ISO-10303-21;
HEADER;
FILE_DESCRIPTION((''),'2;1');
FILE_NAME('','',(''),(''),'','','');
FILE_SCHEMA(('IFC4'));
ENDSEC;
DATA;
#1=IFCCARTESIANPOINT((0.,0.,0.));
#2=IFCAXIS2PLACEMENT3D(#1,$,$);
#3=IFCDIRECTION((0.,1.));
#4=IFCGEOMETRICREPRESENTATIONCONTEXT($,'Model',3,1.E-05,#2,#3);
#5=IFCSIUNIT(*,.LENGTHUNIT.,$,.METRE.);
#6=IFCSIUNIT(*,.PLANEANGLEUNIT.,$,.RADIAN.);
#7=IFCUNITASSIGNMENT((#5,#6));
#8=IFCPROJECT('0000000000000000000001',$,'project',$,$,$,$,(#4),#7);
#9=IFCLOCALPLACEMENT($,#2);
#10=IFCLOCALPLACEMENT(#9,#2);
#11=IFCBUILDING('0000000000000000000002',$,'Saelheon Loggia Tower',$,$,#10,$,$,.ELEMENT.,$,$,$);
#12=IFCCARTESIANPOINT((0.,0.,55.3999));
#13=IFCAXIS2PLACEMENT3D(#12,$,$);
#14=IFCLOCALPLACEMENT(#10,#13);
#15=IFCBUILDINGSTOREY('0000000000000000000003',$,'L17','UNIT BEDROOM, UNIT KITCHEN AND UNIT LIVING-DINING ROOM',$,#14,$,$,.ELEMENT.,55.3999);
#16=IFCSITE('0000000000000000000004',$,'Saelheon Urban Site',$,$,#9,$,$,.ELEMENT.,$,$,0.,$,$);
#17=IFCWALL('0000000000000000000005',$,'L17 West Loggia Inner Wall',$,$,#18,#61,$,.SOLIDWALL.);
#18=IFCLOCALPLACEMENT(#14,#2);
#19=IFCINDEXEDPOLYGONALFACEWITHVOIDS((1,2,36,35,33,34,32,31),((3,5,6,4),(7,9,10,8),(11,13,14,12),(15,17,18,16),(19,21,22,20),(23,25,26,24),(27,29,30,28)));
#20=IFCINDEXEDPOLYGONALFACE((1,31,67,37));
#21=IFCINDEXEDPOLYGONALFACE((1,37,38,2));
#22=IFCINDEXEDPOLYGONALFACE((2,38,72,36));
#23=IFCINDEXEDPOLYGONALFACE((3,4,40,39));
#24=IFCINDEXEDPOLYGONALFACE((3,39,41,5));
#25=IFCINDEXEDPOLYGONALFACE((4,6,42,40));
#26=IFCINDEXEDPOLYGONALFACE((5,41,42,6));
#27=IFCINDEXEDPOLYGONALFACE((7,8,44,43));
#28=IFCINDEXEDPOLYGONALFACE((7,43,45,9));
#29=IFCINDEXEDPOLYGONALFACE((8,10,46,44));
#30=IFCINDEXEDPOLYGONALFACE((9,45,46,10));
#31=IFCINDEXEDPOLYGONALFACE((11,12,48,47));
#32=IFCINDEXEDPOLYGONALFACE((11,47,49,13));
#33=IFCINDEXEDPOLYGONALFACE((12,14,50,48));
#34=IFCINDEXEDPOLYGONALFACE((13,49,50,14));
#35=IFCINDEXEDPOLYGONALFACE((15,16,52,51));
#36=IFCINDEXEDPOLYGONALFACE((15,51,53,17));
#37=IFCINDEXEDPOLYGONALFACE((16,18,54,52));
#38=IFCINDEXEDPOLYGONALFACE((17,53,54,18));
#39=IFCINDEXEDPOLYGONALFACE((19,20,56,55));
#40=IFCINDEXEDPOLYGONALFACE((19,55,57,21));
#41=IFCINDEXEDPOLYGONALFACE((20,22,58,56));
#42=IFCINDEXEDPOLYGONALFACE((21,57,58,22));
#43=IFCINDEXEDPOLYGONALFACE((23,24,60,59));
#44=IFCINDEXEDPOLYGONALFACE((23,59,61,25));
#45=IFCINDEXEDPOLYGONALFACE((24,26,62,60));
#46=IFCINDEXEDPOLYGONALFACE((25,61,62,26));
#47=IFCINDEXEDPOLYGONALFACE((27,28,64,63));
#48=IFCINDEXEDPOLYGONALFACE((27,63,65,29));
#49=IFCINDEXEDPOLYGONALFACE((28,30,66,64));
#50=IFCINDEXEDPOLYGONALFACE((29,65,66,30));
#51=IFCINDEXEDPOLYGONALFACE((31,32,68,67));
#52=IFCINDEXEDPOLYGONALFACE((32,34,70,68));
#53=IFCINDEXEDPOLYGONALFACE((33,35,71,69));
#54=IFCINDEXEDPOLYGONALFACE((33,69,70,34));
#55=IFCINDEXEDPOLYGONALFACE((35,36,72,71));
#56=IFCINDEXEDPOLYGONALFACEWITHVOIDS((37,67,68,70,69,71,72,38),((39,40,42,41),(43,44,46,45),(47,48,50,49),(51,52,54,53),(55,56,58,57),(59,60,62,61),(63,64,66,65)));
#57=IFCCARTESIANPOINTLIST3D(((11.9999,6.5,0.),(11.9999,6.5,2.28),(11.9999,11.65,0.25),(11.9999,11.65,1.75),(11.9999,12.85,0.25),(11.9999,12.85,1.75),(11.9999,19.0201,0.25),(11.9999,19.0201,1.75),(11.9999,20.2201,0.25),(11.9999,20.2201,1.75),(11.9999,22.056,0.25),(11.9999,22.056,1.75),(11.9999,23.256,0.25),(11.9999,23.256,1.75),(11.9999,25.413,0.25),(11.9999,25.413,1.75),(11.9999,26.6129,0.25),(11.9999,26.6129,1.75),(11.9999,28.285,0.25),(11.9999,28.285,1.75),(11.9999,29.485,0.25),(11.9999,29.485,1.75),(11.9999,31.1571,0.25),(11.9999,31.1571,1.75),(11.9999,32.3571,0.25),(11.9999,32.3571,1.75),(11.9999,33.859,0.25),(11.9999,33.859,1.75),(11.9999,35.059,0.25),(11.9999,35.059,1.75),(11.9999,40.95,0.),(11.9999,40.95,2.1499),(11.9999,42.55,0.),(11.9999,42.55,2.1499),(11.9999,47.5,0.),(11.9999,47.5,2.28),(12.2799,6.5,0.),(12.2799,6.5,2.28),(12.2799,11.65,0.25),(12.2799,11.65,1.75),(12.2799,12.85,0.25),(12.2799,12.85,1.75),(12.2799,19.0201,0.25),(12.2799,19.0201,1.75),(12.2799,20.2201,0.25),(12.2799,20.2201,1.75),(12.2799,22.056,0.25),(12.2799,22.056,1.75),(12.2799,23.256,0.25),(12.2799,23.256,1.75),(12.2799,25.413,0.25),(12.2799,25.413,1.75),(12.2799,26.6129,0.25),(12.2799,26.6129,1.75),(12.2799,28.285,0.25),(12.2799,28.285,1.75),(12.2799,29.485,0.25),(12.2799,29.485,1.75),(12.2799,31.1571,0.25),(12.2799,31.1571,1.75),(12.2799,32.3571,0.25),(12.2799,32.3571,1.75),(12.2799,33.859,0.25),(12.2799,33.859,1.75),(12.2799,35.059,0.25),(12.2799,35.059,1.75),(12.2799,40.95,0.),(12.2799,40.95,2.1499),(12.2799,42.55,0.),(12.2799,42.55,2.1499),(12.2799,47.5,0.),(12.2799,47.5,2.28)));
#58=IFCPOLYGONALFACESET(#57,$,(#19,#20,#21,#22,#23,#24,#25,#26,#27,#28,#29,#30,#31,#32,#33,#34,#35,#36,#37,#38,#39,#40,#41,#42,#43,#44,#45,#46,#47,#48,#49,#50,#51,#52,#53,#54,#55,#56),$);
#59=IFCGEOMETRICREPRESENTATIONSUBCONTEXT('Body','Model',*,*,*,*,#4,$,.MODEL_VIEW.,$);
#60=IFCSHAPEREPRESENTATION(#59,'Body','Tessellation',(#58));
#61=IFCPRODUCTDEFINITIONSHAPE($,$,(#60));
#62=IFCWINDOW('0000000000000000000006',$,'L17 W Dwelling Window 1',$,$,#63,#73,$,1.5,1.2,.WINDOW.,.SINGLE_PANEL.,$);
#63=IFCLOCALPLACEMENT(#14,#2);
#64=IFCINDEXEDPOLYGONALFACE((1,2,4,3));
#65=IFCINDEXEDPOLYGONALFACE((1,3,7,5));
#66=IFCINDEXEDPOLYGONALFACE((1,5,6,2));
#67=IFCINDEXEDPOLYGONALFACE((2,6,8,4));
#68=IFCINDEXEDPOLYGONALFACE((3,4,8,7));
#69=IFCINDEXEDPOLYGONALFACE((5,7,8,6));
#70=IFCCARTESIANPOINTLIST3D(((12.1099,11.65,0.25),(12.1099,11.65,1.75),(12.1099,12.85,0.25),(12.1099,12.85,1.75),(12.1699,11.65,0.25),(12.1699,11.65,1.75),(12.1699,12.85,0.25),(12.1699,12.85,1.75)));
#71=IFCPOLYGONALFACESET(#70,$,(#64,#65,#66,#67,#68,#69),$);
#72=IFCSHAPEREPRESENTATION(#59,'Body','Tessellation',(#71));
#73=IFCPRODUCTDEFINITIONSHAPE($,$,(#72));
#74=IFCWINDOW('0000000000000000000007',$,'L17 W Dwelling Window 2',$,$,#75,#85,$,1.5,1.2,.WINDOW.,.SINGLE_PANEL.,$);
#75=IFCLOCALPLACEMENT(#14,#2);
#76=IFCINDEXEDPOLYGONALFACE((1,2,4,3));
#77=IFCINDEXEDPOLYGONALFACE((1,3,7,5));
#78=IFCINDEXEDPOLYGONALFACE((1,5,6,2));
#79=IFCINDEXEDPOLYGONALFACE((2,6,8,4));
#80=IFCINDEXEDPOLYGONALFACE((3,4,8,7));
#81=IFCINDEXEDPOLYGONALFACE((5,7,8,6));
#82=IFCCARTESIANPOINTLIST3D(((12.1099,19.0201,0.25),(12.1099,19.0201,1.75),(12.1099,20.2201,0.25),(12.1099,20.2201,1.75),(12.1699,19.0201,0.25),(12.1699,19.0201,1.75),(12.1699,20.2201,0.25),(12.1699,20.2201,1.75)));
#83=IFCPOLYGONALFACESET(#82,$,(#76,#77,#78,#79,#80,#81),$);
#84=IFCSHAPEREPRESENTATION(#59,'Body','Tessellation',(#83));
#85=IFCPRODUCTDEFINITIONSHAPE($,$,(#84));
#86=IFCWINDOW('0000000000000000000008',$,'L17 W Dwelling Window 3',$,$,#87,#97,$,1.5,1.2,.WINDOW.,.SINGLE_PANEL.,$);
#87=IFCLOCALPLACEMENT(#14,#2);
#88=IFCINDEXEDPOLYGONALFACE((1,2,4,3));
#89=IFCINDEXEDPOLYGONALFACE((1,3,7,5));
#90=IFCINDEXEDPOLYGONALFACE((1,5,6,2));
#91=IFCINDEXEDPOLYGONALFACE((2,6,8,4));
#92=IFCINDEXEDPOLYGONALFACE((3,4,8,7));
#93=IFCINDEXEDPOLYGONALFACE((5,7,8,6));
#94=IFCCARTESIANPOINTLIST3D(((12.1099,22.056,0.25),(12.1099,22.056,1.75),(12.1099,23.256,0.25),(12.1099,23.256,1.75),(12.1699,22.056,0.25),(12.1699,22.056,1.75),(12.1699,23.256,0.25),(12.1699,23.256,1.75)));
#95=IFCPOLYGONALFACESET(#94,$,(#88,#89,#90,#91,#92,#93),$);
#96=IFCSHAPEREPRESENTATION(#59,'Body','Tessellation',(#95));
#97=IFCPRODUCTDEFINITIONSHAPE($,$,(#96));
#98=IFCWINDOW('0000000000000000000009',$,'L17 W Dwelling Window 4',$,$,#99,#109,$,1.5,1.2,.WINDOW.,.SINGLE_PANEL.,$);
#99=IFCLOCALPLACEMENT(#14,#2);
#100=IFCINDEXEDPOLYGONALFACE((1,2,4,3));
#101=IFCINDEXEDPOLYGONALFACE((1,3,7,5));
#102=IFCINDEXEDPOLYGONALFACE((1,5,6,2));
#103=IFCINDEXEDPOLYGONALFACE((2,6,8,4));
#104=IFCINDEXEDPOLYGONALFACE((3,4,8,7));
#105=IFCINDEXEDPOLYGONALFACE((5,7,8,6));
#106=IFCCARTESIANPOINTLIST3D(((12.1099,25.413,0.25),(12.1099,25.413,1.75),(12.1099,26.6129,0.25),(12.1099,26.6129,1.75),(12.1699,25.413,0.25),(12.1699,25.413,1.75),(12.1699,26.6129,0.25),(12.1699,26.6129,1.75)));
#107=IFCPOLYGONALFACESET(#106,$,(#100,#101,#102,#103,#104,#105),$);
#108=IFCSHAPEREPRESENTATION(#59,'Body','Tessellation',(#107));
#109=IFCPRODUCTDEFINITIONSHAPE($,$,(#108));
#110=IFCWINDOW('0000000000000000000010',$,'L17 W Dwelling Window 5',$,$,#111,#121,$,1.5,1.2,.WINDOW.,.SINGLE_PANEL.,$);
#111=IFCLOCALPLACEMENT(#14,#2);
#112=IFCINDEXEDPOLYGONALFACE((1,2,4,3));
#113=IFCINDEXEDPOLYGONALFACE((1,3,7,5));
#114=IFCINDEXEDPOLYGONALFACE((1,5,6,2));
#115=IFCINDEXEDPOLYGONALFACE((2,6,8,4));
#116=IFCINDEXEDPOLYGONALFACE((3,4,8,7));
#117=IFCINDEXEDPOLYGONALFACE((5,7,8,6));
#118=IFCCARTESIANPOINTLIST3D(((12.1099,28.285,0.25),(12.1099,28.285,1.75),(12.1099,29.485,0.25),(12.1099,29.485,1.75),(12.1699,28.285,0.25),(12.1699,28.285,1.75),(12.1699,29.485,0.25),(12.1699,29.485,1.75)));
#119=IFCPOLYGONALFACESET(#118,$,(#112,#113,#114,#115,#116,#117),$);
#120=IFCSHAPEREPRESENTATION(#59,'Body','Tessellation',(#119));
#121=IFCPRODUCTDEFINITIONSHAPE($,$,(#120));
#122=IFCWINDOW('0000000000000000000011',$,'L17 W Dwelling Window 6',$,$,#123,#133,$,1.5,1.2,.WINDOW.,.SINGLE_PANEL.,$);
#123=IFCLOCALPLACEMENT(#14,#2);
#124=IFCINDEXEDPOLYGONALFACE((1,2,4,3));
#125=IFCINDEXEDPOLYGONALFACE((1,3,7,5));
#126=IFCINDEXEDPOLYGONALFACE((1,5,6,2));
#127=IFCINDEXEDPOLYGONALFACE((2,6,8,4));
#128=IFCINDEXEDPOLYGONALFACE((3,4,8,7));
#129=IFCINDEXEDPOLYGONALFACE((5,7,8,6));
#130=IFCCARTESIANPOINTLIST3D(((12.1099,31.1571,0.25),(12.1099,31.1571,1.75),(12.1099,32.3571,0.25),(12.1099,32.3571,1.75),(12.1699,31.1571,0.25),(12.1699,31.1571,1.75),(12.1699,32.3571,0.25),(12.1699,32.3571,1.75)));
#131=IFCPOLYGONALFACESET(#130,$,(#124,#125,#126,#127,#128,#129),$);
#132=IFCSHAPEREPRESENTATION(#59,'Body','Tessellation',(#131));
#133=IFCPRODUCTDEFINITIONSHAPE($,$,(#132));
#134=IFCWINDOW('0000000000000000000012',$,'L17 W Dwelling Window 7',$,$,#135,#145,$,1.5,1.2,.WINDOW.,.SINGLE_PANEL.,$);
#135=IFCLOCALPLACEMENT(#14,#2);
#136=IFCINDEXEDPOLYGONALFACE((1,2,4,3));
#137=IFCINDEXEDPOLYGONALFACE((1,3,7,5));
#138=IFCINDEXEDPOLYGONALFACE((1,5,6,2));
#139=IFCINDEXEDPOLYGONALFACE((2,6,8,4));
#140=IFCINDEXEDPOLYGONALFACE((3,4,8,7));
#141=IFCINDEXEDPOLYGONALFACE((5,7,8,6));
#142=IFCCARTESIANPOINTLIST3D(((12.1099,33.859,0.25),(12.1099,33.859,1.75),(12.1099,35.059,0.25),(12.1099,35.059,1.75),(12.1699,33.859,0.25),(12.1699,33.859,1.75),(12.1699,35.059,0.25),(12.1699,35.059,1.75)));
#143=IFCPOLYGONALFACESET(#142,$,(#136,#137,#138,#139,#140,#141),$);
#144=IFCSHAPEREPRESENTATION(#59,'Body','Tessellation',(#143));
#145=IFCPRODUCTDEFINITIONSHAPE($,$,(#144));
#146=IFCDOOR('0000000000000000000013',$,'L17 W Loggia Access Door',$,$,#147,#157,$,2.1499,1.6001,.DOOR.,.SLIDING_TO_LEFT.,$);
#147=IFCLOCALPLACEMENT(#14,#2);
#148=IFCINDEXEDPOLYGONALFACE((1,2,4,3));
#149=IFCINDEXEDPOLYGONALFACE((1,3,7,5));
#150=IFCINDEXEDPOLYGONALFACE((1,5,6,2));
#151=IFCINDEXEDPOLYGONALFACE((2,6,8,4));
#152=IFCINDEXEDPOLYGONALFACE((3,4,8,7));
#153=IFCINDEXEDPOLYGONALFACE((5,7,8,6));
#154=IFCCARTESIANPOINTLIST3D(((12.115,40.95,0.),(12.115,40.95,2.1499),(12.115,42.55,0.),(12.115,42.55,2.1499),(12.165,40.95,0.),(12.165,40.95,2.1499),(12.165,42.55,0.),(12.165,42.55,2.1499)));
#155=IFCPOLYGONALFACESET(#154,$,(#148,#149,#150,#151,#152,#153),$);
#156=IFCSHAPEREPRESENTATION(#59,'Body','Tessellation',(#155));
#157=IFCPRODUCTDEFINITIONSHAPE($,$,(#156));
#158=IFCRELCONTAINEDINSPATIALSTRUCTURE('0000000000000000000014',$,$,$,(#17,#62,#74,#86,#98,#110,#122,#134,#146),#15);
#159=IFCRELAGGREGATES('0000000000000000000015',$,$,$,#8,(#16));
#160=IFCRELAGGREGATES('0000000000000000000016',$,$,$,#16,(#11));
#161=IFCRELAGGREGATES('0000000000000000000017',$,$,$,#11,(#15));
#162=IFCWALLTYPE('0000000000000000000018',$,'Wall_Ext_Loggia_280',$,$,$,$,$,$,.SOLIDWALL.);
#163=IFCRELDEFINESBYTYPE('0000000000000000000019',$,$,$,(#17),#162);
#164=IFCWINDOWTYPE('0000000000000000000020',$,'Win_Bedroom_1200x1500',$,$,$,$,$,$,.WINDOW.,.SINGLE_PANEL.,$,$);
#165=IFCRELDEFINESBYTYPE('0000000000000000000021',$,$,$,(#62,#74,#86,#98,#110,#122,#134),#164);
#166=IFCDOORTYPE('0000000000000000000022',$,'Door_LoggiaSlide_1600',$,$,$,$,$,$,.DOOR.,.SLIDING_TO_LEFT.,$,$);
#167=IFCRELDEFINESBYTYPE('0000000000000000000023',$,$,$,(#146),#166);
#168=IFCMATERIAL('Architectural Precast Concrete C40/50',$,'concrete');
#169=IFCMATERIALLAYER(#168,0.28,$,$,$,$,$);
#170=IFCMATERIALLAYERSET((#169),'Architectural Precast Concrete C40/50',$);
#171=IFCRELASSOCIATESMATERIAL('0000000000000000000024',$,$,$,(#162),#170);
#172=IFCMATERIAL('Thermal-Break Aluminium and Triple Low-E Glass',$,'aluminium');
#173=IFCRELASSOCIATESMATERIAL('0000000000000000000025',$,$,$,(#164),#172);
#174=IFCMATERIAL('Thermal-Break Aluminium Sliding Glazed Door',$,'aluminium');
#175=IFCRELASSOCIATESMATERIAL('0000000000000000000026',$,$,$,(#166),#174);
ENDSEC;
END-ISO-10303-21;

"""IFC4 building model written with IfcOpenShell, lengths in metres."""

from ifc_helpers import new_model, si_unit, direction, frame, frame_2d, origin, place, context, subcontext, project, spatial, rectangle, extrude, source, transform, mapped, material, layer, layer_set, type_object, element, fill, save


model = new_model("IFC4")

# Units and contexts
model_context = context("Model", 3, precision=1e-05, world=origin(), true_north=direction((0.0, 1.0)))
body_context = subcontext(model_context, "Body", "Model", "MODEL_VIEW")
ifc_project = project(units=[si_unit("LENGTHUNIT", "METRE"), si_unit("PLANEANGLEUNIT", "RADIAN")], contexts=[model_context])

# Site, building, storey
site_placement = place(None, origin())
site = spatial("IfcSite", under=ifc_project, at=site_placement, Name="Saelheon Urban Site", CompositionType="ELEMENT", RefElevation=0.0)
building_placement = place(site_placement, origin())
building = spatial("IfcBuilding", under=site, at=building_placement, Name="Saelheon Loggia Tower", CompositionType="ELEMENT")
storey_placement = place(building_placement, frame((0.0, 0.0, 55.3999)))
storey = spatial("IfcBuildingStorey", under=building, at=storey_placement, Name="L17", Description="UNIT BEDROOM, UNIT KITCHEN AND UNIT LIVING-DINING ROOM", CompositionType="ELEMENT", Elevation=55.3999)

# Wall, openings, windows, door
ifc_material_1 = material(Name="Architectural Precast Concrete C40/50", Category="concrete")
ifc_layer_1 = layer(ifc_material_1, 0.28)
ifc_layer_set_1 = layer_set([ifc_layer_1], Name="Architectural Precast Concrete C40/50")
wall_type_1 = type_object("IfcWallType", Name="Wall_Ext_Loggia_280", PredefinedType="SOLIDWALL", material=ifc_layer_set_1)
wall_1_placement = place(storey_placement, frame((12.1399, 6.5, 0.0), z_axis=(0.0, 0.0, 1.0), x_axis=(0.0, 1.0, 0.0)))
wall_1 = element("IfcWall", 1, at=wall_1_placement, inside=storey, type_object=wall_type_1, Name="L17 West Loggia Inner Wall", PredefinedType="SOLIDWALL", context=body_context, shape_type="SweptSolid", body=[
    extrude(rectangle(XDim=41.0, YDim=0.28, at=frame_2d((20.5, 0.0))), origin(), (0.0, 0.0, 1.0), 2.28),
])
opening_1_placement = place(wall_1_placement, frame((5.1499, 0.0, 0.25)))
opening_1 = element("IfcOpeningElement", 2, at=opening_1_placement, cuts=wall_1, PredefinedType="OPENING", context=body_context, shape_type="SweptSolid", body=[
    extrude(rectangle(XDim=1.2, YDim=1.5, at=frame_2d((0.6001, 0.75))), frame((0.0, 0.1521, 0.0), z_axis=(0.0, -1.0, 0.0), x_axis=(1.0, 0.0, 0.0)), (0.0, 0.0, 1.0), 0.304),
])
opening_2_placement = place(wall_1_placement, frame((12.52, 0.0, 0.25)))
opening_2 = element("IfcOpeningElement", 3, at=opening_2_placement, cuts=wall_1, PredefinedType="OPENING", context=body_context, shape_type="SweptSolid", body=[
    extrude(rectangle(XDim=1.2, YDim=1.5, at=frame_2d((0.6001, 0.75))), frame((0.0, 0.1521, 0.0), z_axis=(0.0, -1.0, 0.0), x_axis=(1.0, 0.0, 0.0)), (0.0, 0.0, 1.0), 0.304),
])
opening_3_placement = place(wall_1_placement, frame((15.5559, 0.0, 0.25)))
opening_3 = element("IfcOpeningElement", 4, at=opening_3_placement, cuts=wall_1, PredefinedType="OPENING", context=body_context, shape_type="SweptSolid", body=[
    extrude(rectangle(XDim=1.2, YDim=1.5, at=frame_2d((0.6001, 0.75))), frame((0.0, 0.1521, 0.0), z_axis=(0.0, -1.0, 0.0), x_axis=(1.0, 0.0, 0.0)), (0.0, 0.0, 1.0), 0.304),
])
opening_4_placement = place(wall_1_placement, frame((18.9128, 0.0, 0.25)))
opening_4 = element("IfcOpeningElement", 5, at=opening_4_placement, cuts=wall_1, PredefinedType="OPENING", context=body_context, shape_type="SweptSolid", body=[
    extrude(rectangle(XDim=1.2, YDim=1.5, at=frame_2d((0.6001, 0.75))), frame((0.0, 0.1521, 0.0), z_axis=(0.0, -1.0, 0.0), x_axis=(1.0, 0.0, 0.0)), (0.0, 0.0, 1.0), 0.304),
])
opening_5_placement = place(wall_1_placement, frame((21.7849, 0.0, 0.25)))
opening_5 = element("IfcOpeningElement", 6, at=opening_5_placement, cuts=wall_1, PredefinedType="OPENING", context=body_context, shape_type="SweptSolid", body=[
    extrude(rectangle(XDim=1.2, YDim=1.5, at=frame_2d((0.6001, 0.75))), frame((0.0, 0.1521, 0.0), z_axis=(0.0, -1.0, 0.0), x_axis=(1.0, 0.0, 0.0)), (0.0, 0.0, 1.0), 0.304),
])
opening_6_placement = place(wall_1_placement, frame((24.657, 0.0, 0.25)))
opening_6 = element("IfcOpeningElement", 7, at=opening_6_placement, cuts=wall_1, PredefinedType="OPENING", context=body_context, shape_type="SweptSolid", body=[
    extrude(rectangle(XDim=1.2, YDim=1.5, at=frame_2d((0.6001, 0.75))), frame((0.0, 0.1521, 0.0), z_axis=(0.0, -1.0, 0.0), x_axis=(1.0, 0.0, 0.0)), (0.0, 0.0, 1.0), 0.304),
])
opening_7_placement = place(wall_1_placement, frame((27.3589, 0.0, 0.25)))
opening_7 = element("IfcOpeningElement", 8, at=opening_7_placement, cuts=wall_1, PredefinedType="OPENING", context=body_context, shape_type="SweptSolid", body=[
    extrude(rectangle(XDim=1.2, YDim=1.5, at=frame_2d((0.6001, 0.75))), frame((0.0, 0.1521, 0.0), z_axis=(0.0, -1.0, 0.0), x_axis=(1.0, 0.0, 0.0)), (0.0, 0.0, 1.0), 0.304),
])
opening_8_placement = place(wall_1_placement, frame((34.45, 0.0, 0.0)))
opening_8 = element("IfcOpeningElement", 9, at=opening_8_placement, cuts=wall_1, PredefinedType="OPENING", context=body_context, shape_type="SweptSolid", body=[
    extrude(rectangle(XDim=1.6001, YDim=2.1499, at=frame_2d((0.8, 1.075))), frame((0.0, 0.1521, 0.0), z_axis=(0.0, -1.0, 0.0), x_axis=(1.0, 0.0, 0.0)), (0.0, 0.0, 1.0), 0.304),
])
ifc_material_2 = material(Name="Thermal-Break Aluminium and Triple Low-E Glass", Category="aluminium")
window_type = type_object("IfcWindowType", Name="Win_Bedroom_1200x1500", PartitioningType="SINGLE_PANEL", PredefinedType="WINDOW", material=ifc_material_2)
shared_shape_1 = source(origin(), body_context, "Body", "SweptSolid", [
    extrude(rectangle(XDim=1.2, YDim=1.5, at=frame_2d((0.6001, 0.75))), frame((0.0, 0.03, 0.0), z_axis=(0.0, -1.0, 0.0), x_axis=(1.0, 0.0, 0.0)), (0.0, 0.0, 1.0), 0.0601),
])
window_1_placement = place(opening_1_placement, origin())
window_1 = element("IfcWindow", 10, at=window_1_placement, inside=storey, type_object=window_type, Name="L17 W Dwelling Window 1", OverallHeight=1.5, OverallWidth=1.2, PartitioningType="SINGLE_PANEL", PredefinedType="WINDOW", context=body_context, shape_type="MappedRepresentation", body=[
    mapped(shared_shape_1, transform((0.0, 0.0, 0.0), scale=1.0)),
])
fill(opening_1, window_1)
window_2_placement = place(opening_2_placement, origin())
window_2 = element("IfcWindow", 11, at=window_2_placement, inside=storey, type_object=window_type, Name="L17 W Dwelling Window 2", OverallHeight=1.5, OverallWidth=1.2, PartitioningType="SINGLE_PANEL", PredefinedType="WINDOW", context=body_context, shape_type="MappedRepresentation", body=[
    mapped(shared_shape_1, transform((0.0, 0.0, 0.0), scale=1.0)),
])
fill(opening_2, window_2)
window_3_placement = place(opening_3_placement, origin())
window_3 = element("IfcWindow", 12, at=window_3_placement, inside=storey, type_object=window_type, Name="L17 W Dwelling Window 3", OverallHeight=1.5, OverallWidth=1.2, PartitioningType="SINGLE_PANEL", PredefinedType="WINDOW", context=body_context, shape_type="MappedRepresentation", body=[
    mapped(shared_shape_1, transform((0.0, 0.0, 0.0), scale=1.0)),
])
fill(opening_3, window_3)
window_4_placement = place(opening_4_placement, origin())
window_4 = element("IfcWindow", 13, at=window_4_placement, inside=storey, type_object=window_type, Name="L17 W Dwelling Window 4", OverallHeight=1.5, OverallWidth=1.2, PartitioningType="SINGLE_PANEL", PredefinedType="WINDOW", context=body_context, shape_type="MappedRepresentation", body=[
    mapped(shared_shape_1, transform((0.0, 0.0, 0.0), scale=1.0)),
])
fill(opening_4, window_4)
window_5_placement = place(opening_5_placement, origin())
window_5 = element("IfcWindow", 14, at=window_5_placement, inside=storey, type_object=window_type, Name="L17 W Dwelling Window 5", OverallHeight=1.5, OverallWidth=1.2, PartitioningType="SINGLE_PANEL", PredefinedType="WINDOW", context=body_context, shape_type="MappedRepresentation", body=[
    mapped(shared_shape_1, transform((0.0, 0.0, 0.0), scale=1.0)),
])
fill(opening_5, window_5)
window_6_placement = place(opening_6_placement, origin())
window_6 = element("IfcWindow", 15, at=window_6_placement, inside=storey, type_object=window_type, Name="L17 W Dwelling Window 6", OverallHeight=1.5, OverallWidth=1.2, PartitioningType="SINGLE_PANEL", PredefinedType="WINDOW", context=body_context, shape_type="MappedRepresentation", body=[
    mapped(shared_shape_1, transform((0.0, 0.0, 0.0), scale=1.0)),
])
fill(opening_6, window_6)
window_7_placement = place(opening_7_placement, origin())
window_7 = element("IfcWindow", 16, at=window_7_placement, inside=storey, type_object=window_type, Name="L17 W Dwelling Window 7", OverallHeight=1.5, OverallWidth=1.2, PartitioningType="SINGLE_PANEL", PredefinedType="WINDOW", context=body_context, shape_type="MappedRepresentation", body=[
    mapped(shared_shape_1, transform((0.0, 0.0, 0.0), scale=1.0)),
])
fill(opening_7, window_7)
ifc_material_3 = material(Name="Thermal-Break Aluminium Sliding Glazed Door", Category="aluminium")
door_type = type_object("IfcDoorType", Name="Door_LoggiaSlide_1600", OperationType="SLIDING_TO_LEFT", PredefinedType="DOOR", material=ifc_material_3)
shared_shape_2 = source(origin(), body_context, "Body", "SweptSolid", [
    extrude(rectangle(XDim=1.6001, YDim=2.1499, at=frame_2d((0.8, 1.075))), frame((0.0, 0.0249, 0.0), z_axis=(0.0, -1.0, 0.0), x_axis=(1.0, 0.0, 0.0)), (0.0, 0.0, 1.0), 0.05),
])
door_placement = place(opening_8_placement, origin())
door = element("IfcDoor", 17, at=door_placement, inside=storey, type_object=door_type, Name="L17 W Loggia Access Door", OperationType="SLIDING_TO_LEFT", OverallHeight=2.1499, OverallWidth=1.6001, PredefinedType="DOOR", context=body_context, shape_type="MappedRepresentation", body=[
    mapped(shared_shape_2, transform((0.0, 0.0, 0.0), scale=1.0)),
])
fill(opening_8, door)

save(model, "model.ifc")
